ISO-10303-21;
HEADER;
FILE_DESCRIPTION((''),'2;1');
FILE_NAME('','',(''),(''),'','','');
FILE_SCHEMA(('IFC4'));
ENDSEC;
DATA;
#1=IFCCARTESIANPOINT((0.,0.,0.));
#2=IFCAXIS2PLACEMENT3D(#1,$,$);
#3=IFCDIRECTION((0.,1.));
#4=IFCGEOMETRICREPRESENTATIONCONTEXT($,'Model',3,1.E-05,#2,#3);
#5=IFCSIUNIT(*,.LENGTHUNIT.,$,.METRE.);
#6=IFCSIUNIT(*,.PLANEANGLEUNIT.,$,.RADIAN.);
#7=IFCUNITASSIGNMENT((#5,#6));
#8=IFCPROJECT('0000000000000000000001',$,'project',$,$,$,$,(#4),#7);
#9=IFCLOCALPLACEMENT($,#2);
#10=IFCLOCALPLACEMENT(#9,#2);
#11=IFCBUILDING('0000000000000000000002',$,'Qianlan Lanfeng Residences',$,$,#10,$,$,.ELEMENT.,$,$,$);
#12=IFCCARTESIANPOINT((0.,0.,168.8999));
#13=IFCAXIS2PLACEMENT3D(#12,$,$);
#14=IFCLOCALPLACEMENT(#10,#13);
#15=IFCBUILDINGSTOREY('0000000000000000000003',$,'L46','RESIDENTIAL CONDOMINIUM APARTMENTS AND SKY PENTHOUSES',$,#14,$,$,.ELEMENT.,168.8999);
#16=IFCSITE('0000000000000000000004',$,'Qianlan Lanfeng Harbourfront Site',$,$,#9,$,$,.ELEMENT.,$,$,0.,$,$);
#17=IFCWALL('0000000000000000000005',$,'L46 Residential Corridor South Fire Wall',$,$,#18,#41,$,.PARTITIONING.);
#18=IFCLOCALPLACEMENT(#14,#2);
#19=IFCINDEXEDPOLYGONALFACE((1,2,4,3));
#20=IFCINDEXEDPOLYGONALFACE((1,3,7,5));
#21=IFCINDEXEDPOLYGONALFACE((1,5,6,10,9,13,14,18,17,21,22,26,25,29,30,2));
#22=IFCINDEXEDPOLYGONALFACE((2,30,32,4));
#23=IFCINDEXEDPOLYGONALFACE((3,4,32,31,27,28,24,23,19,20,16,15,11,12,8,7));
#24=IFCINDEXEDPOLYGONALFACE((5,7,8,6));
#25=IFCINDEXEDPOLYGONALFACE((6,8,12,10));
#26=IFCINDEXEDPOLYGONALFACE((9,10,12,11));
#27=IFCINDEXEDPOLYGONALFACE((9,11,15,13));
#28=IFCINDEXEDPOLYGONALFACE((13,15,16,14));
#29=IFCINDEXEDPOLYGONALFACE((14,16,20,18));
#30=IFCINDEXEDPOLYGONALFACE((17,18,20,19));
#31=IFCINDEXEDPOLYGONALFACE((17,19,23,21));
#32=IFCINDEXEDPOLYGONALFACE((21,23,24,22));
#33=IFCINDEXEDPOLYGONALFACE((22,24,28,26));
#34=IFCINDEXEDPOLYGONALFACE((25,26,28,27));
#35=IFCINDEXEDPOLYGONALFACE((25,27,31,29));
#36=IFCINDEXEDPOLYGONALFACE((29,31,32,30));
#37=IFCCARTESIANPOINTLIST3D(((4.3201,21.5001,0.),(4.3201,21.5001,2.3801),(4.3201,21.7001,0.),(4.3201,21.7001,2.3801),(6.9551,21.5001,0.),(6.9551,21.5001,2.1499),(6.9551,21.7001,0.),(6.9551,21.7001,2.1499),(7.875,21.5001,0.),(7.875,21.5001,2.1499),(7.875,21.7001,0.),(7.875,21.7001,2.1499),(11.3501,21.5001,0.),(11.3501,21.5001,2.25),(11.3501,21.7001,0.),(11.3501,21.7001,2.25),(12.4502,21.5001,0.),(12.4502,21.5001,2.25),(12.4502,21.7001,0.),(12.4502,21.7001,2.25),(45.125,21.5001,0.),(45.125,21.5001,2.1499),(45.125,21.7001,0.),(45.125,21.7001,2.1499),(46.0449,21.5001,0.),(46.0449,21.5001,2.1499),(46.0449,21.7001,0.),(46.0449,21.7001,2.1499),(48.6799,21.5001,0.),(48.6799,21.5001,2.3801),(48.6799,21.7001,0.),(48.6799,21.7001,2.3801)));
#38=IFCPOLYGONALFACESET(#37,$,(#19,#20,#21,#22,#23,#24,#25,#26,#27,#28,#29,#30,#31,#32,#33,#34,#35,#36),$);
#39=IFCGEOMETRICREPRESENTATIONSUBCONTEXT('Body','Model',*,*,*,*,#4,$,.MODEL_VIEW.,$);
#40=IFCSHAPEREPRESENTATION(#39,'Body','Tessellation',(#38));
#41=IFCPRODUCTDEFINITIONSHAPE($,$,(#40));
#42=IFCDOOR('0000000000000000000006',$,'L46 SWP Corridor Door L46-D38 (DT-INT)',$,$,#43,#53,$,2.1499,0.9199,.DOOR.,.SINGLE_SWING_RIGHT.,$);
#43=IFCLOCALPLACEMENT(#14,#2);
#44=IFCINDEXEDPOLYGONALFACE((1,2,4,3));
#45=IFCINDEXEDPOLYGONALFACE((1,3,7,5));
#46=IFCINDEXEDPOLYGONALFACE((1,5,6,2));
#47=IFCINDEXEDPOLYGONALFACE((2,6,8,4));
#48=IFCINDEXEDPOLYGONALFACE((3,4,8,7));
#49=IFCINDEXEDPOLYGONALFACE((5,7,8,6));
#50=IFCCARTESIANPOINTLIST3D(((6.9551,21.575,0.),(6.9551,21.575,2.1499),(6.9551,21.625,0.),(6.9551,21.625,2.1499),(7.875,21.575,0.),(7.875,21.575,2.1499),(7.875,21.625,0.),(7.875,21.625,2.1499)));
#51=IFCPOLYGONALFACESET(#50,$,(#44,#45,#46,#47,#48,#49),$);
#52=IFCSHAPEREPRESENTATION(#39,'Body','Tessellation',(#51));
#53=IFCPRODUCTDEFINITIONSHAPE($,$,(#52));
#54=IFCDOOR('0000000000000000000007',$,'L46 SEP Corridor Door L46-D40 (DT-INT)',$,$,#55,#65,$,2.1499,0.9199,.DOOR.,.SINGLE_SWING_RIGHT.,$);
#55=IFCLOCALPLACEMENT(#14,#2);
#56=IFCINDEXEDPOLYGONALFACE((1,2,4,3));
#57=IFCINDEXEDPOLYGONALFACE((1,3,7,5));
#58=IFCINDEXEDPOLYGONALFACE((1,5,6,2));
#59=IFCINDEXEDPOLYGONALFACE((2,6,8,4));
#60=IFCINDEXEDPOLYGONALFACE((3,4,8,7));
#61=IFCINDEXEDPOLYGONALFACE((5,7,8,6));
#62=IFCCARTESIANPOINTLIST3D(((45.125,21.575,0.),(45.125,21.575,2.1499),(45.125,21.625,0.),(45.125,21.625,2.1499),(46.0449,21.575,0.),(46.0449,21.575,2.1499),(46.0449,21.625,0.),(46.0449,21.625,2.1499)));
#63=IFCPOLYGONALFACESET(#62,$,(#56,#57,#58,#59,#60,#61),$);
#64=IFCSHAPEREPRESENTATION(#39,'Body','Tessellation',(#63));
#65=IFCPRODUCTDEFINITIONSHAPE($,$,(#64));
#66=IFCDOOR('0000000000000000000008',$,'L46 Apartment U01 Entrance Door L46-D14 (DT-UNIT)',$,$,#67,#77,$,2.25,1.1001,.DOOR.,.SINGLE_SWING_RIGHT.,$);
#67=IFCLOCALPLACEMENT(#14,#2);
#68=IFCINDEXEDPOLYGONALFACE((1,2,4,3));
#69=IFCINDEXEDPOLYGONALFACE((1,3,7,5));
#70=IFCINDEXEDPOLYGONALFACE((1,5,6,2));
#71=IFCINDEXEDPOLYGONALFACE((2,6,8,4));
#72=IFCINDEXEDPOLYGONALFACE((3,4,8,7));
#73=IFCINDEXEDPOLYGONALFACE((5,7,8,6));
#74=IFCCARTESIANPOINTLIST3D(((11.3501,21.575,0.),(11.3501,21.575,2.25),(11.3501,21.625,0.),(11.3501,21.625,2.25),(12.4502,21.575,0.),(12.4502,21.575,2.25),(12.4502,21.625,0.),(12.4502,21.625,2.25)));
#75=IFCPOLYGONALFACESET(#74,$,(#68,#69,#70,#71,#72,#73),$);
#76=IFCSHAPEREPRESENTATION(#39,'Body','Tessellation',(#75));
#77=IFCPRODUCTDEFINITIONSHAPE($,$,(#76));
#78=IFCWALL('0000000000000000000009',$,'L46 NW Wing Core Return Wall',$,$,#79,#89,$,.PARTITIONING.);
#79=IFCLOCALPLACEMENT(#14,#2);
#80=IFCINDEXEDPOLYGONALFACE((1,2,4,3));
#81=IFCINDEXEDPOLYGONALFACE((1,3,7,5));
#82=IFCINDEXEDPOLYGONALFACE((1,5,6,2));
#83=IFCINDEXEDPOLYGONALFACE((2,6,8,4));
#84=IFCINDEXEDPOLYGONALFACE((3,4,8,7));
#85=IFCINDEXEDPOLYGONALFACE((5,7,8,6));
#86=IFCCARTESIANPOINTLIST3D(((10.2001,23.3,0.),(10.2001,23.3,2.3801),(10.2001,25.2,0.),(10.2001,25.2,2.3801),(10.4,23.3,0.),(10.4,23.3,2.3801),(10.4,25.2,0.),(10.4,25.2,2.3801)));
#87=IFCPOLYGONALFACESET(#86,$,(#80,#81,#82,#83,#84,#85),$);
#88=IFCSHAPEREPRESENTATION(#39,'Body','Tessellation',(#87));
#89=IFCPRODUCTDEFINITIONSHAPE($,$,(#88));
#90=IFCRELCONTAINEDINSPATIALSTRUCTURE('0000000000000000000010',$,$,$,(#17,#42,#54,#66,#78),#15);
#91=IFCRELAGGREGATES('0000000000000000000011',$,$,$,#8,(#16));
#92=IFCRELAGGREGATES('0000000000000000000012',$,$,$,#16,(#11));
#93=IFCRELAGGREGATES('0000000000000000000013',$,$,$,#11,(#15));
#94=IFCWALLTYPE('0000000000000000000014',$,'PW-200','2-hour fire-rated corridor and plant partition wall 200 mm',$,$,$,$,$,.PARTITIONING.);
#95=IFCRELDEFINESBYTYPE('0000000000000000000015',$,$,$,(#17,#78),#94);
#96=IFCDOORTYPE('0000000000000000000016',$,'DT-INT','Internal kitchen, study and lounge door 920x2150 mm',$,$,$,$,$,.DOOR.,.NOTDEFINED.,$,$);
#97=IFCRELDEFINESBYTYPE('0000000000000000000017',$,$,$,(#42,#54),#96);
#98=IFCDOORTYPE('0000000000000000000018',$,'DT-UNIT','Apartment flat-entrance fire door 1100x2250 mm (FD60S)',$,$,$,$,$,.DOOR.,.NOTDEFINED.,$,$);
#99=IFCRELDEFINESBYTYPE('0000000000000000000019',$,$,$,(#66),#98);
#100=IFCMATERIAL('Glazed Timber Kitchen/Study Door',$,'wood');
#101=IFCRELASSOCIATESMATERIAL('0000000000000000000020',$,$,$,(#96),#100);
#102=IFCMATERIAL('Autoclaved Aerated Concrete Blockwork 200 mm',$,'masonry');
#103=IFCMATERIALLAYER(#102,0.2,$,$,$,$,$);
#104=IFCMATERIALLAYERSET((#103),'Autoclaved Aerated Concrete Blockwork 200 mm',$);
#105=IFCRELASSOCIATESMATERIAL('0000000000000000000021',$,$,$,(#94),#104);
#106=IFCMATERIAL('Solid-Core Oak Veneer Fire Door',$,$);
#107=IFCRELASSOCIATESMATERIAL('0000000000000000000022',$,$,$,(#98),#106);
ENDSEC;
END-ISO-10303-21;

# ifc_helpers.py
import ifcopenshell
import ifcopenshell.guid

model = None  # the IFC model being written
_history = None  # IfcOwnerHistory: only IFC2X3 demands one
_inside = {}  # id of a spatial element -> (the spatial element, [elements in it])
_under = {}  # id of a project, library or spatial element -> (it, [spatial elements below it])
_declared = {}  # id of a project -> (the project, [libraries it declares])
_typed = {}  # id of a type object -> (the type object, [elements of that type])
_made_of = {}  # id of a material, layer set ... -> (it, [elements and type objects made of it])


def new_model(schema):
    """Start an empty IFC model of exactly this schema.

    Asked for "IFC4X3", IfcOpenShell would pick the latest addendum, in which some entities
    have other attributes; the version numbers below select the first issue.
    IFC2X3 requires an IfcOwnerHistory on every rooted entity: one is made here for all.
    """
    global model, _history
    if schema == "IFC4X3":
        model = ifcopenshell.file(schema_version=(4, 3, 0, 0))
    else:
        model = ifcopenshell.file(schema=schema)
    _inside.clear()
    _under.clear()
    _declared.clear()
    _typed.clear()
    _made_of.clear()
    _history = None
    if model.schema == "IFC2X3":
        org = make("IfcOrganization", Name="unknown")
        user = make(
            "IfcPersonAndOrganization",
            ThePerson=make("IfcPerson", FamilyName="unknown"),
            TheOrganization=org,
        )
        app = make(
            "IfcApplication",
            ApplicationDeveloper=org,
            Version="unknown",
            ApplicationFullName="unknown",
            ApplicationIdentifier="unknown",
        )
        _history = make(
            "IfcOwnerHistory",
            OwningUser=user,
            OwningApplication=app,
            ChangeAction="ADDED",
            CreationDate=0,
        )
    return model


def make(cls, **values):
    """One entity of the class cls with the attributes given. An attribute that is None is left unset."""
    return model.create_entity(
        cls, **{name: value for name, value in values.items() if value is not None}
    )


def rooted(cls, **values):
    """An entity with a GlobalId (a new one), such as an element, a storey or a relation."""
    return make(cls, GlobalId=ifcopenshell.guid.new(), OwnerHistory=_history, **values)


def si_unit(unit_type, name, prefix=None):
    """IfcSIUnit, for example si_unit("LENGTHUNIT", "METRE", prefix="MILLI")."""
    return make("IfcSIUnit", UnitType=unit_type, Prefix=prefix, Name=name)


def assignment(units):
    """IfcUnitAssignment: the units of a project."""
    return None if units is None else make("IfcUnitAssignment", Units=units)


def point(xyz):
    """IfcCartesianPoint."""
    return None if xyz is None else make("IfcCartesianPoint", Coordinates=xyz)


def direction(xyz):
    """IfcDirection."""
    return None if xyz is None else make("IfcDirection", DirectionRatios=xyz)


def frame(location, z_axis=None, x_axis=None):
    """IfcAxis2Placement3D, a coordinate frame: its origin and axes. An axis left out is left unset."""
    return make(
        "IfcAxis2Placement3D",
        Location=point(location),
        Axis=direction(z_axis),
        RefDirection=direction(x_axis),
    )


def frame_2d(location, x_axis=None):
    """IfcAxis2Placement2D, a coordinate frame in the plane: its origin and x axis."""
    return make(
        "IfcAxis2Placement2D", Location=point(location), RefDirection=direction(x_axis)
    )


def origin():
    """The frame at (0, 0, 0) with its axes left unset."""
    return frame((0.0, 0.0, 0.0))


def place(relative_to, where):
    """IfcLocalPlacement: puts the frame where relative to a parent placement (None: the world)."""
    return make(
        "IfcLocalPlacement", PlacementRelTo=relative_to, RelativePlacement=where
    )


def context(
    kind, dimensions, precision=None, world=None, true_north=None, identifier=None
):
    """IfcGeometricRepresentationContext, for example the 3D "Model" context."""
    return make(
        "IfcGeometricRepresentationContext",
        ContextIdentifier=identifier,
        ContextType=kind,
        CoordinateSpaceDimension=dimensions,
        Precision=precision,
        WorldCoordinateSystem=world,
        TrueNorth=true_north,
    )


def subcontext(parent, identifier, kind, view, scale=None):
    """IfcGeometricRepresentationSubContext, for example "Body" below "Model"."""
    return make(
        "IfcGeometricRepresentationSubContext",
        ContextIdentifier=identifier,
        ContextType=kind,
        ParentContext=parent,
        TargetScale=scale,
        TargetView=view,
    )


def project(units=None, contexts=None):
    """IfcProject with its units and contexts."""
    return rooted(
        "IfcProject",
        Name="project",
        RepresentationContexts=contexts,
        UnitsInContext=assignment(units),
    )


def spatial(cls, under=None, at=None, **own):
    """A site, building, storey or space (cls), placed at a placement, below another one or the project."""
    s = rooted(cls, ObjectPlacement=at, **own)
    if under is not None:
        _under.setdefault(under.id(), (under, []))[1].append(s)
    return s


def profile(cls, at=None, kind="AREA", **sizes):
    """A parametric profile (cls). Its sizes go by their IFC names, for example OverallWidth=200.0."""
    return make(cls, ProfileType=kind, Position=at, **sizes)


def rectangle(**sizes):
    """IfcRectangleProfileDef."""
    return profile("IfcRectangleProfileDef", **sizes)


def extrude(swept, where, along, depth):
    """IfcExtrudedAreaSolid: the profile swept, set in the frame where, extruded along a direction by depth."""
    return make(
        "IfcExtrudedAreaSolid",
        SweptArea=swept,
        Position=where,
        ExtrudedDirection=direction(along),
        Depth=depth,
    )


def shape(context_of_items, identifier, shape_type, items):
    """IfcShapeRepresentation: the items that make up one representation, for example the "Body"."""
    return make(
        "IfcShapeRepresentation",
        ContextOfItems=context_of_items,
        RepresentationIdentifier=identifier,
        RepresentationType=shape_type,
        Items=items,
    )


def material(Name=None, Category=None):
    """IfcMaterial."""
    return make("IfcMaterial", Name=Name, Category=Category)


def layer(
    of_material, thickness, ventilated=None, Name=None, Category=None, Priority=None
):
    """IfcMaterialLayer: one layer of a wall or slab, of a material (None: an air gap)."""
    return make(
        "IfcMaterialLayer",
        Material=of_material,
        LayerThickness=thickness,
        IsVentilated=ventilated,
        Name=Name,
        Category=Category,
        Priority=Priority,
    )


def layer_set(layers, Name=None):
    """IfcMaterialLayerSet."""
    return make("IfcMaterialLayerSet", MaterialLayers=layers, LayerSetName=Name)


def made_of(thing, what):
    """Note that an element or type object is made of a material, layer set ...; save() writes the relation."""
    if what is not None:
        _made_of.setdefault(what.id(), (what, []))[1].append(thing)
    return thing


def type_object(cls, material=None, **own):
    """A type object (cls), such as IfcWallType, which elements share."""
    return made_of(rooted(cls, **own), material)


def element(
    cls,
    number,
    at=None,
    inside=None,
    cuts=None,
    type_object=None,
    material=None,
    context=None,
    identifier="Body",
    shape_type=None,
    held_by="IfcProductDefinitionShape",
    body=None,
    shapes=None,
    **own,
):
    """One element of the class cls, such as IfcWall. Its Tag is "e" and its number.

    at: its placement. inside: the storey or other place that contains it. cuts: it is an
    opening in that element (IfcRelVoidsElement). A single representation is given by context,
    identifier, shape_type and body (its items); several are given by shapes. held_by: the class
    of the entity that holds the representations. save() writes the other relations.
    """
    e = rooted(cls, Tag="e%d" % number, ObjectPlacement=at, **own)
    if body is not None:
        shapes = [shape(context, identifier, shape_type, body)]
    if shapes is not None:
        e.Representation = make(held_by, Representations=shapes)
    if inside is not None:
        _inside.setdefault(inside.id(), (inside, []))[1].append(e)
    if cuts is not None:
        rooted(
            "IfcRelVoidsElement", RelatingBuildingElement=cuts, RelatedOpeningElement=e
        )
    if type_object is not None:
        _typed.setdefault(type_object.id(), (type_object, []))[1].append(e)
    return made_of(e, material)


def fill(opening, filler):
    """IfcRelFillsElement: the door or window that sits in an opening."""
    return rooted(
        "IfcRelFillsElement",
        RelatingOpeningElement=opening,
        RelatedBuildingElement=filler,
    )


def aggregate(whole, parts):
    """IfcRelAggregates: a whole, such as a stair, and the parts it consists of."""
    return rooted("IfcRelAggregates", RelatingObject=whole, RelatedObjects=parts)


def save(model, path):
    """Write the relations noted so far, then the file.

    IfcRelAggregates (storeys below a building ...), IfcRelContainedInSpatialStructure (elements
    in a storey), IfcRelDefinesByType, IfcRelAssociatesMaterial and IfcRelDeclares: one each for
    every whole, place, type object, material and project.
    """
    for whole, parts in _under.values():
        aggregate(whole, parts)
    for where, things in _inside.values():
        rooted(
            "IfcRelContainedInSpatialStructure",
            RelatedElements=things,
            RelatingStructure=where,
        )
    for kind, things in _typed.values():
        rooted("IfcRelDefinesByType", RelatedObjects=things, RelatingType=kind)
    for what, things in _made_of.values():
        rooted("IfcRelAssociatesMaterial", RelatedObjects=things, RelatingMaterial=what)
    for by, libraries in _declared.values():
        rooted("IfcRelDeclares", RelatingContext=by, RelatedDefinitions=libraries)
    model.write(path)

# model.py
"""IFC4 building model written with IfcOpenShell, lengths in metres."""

from ifc_helpers import new_model, si_unit, direction, frame, frame_2d, origin, place, context, subcontext, project, spatial, rectangle, extrude, material, layer, layer_set, type_object, element, fill, save


model = new_model("IFC4")

# Units and contexts
model_context = context("Model", 3, precision=1e-05, world=origin(), true_north=direction((0.0, 1.0)))
body_context = subcontext(model_context, "Body", "Model", "MODEL_VIEW")
ifc_project = project(units=[si_unit("LENGTHUNIT", "METRE"), si_unit("PLANEANGLEUNIT", "RADIAN")], contexts=[model_context])

# Site, building, storey
site_placement = place(None, origin())
site = spatial("IfcSite", under=ifc_project, at=site_placement, Name="Qianlan Lanfeng Harbourfront Site", CompositionType="ELEMENT", RefElevation=0.0)
building_placement = place(site_placement, origin())
building = spatial("IfcBuilding", under=site, at=building_placement, Name="Qianlan Lanfeng Residences", CompositionType="ELEMENT")
storey_placement = place(building_placement, frame((0.0, 0.0, 168.8999)))
storey = spatial("IfcBuildingStorey", under=building, at=storey_placement, Name="L46", Description="RESIDENTIAL CONDOMINIUM APARTMENTS AND SKY PENTHOUSES", CompositionType="ELEMENT", Elevation=168.8999)

# Shared definitions
ifc_material_1 = material(Name="Glazed Timber Kitchen/Study Door", Category="wood")
door_type_1 = type_object("IfcDoorType", Name="DT-INT", Description="Internal kitchen, study and lounge door 920x2150 mm", OperationType="NOTDEFINED", PredefinedType="DOOR", material=ifc_material_1)

# Wall, openings, doors
ifc_material_2 = material(Name="Autoclaved Aerated Concrete Blockwork 200 mm", Category="masonry")
ifc_layer_1 = layer(ifc_material_2, 0.2)
ifc_layer_set_1 = layer_set([ifc_layer_1], Name="Autoclaved Aerated Concrete Blockwork 200 mm")
wall_type_1 = type_object("IfcWallType", Name="PW-200", Description="2-hour fire-rated corridor and plant partition wall 200 mm", PredefinedType="PARTITIONING", material=ifc_layer_set_1)
wall_1_placement = place(storey_placement, frame((4.3201, 21.6001, 0.0), z_axis=(0.0, 0.0, 1.0), x_axis=(1.0, 0.0, 0.0)))
wall_1 = element("IfcWall", 1, at=wall_1_placement, inside=storey, type_object=wall_type_1, Name="L46 Residential Corridor South Fire Wall", PredefinedType="PARTITIONING", context=body_context, shape_type="SweptSolid", body=[
    extrude(rectangle(XDim=44.3599, YDim=0.2, at=frame_2d((22.1799, 0.0))), origin(), (0.0, 0.0, 1.0), 2.3801),
])
opening_1_placement = place(wall_1_placement, frame((7.03, 0.0, 0.0)))
opening_1 = element("IfcOpeningElement", 2, at=opening_1_placement, cuts=wall_1, PredefinedType="OPENING", context=body_context, shape_type="SweptSolid", body=[
    extrude(rectangle(XDim=1.1001, YDim=2.25, at=frame_2d((0.55, 1.125))), frame((0.0, 0.1099, 0.0), z_axis=(0.0, -1.0, 0.0), x_axis=(1.0, 0.0, 0.0)), (0.0, 0.0, 1.0), 0.22),
])
opening_2_placement = place(wall_1_placement, frame((2.635, 0.0, 0.0)))
opening_2 = element("IfcOpeningElement", 3, at=opening_2_placement, cuts=wall_1, PredefinedType="OPENING", context=body_context, shape_type="SweptSolid", body=[
    extrude(rectangle(XDim=0.9199, YDim=2.1499, at=frame_2d((0.46, 1.075))), frame((0.0, 0.1099, 0.0), z_axis=(0.0, -1.0, 0.0), x_axis=(1.0, 0.0, 0.0)), (0.0, 0.0, 1.0), 0.22),
])
opening_3_placement = place(wall_1_placement, frame((40.8049, 0.0, 0.0)))
opening_3 = element("IfcOpeningElement", 4, at=opening_3_placement, cuts=wall_1, PredefinedType="OPENING", context=body_context, shape_type="SweptSolid", body=[
    extrude(rectangle(XDim=0.9199, YDim=2.1499, at=frame_2d((0.46, 1.075))), frame((0.0, 0.1099, 0.0), z_axis=(0.0, -1.0, 0.0), x_axis=(1.0, 0.0, 0.0)), (0.0, 0.0, 1.0), 0.22),
])
door_1_placement = place(opening_2_placement, origin())
door_1 = element("IfcDoor", 5, at=door_1_placement, inside=storey, type_object=door_type_1, Name="L46 SWP Corridor Door L46-D38 (DT-INT)", OperationType="SINGLE_SWING_RIGHT", OverallHeight=2.1499, OverallWidth=0.9199, PredefinedType="DOOR", context=body_context, shape_type="SweptSolid", body=[
    extrude(rectangle(XDim=0.9199, YDim=2.1499, at=frame_2d((0.46, 1.075))), frame((0.0, 0.0249, 0.0), z_axis=(0.0, -1.0, 0.0), x_axis=(1.0, 0.0, 0.0)), (0.0, 0.0, 1.0), 0.05),
])
fill(opening_2, door_1)
door_2_placement = place(opening_3_placement, origin())
door_2 = element("IfcDoor", 6, at=door_2_placement, inside=storey, type_object=door_type_1, Name="L46 SEP Corridor Door L46-D40 (DT-INT)", OperationType="SINGLE_SWING_RIGHT", OverallHeight=2.1499, OverallWidth=0.9199, PredefinedType="DOOR", context=body_context, shape_type="SweptSolid", body=[
    extrude(rectangle(XDim=0.9199, YDim=2.1499, at=frame_2d((0.46, 1.075))), frame((0.0, 0.0249, 0.0), z_axis=(0.0, -1.0, 0.0), x_axis=(1.0, 0.0, 0.0)), (0.0, 0.0, 1.0), 0.05),
])
fill(opening_3, door_2)
ifc_material_3 = material(Name="Solid-Core Oak Veneer Fire Door")
door_type_2 = type_object("IfcDoorType", Name="DT-UNIT", Description="Apartment flat-entrance fire door 1100x2250 mm (FD60S)", OperationType="NOTDEFINED", PredefinedType="DOOR", material=ifc_material_3)
door_3_placement = place(opening_1_placement, origin())
door_3 = element("IfcDoor", 7, at=door_3_placement, inside=storey, type_object=door_type_2, Name="L46 Apartment U01 Entrance Door L46-D14 (DT-UNIT)", OperationType="SINGLE_SWING_RIGHT", OverallHeight=2.25, OverallWidth=1.1001, PredefinedType="DOOR", context=body_context, shape_type="SweptSolid", body=[
    extrude(rectangle(XDim=1.1001, YDim=2.25, at=frame_2d((0.55, 1.125))), frame((0.0, 0.0249, 0.0), z_axis=(0.0, -1.0, 0.0), x_axis=(1.0, 0.0, 0.0)), (0.0, 0.0, 1.0), 0.05),
])
fill(opening_1, door_3)

# Wall
wall_2_placement = place(storey_placement, frame((10.3, 23.3, 0.0), z_axis=(0.0, 0.0, 1.0), x_axis=(0.0, 1.0, 0.0)))
element("IfcWall", 8, at=wall_2_placement, inside=storey, type_object=wall_type_1, Name="L46 NW Wing Core Return Wall", PredefinedType="PARTITIONING", context=body_context, shape_type="SweptSolid", body=[
    extrude(rectangle(XDim=1.8999, YDim=0.2, at=frame_2d((0.95, 0.0))), origin(), (0.0, 0.0, 1.0), 2.3801),
])

save(model, "model.ifc")
